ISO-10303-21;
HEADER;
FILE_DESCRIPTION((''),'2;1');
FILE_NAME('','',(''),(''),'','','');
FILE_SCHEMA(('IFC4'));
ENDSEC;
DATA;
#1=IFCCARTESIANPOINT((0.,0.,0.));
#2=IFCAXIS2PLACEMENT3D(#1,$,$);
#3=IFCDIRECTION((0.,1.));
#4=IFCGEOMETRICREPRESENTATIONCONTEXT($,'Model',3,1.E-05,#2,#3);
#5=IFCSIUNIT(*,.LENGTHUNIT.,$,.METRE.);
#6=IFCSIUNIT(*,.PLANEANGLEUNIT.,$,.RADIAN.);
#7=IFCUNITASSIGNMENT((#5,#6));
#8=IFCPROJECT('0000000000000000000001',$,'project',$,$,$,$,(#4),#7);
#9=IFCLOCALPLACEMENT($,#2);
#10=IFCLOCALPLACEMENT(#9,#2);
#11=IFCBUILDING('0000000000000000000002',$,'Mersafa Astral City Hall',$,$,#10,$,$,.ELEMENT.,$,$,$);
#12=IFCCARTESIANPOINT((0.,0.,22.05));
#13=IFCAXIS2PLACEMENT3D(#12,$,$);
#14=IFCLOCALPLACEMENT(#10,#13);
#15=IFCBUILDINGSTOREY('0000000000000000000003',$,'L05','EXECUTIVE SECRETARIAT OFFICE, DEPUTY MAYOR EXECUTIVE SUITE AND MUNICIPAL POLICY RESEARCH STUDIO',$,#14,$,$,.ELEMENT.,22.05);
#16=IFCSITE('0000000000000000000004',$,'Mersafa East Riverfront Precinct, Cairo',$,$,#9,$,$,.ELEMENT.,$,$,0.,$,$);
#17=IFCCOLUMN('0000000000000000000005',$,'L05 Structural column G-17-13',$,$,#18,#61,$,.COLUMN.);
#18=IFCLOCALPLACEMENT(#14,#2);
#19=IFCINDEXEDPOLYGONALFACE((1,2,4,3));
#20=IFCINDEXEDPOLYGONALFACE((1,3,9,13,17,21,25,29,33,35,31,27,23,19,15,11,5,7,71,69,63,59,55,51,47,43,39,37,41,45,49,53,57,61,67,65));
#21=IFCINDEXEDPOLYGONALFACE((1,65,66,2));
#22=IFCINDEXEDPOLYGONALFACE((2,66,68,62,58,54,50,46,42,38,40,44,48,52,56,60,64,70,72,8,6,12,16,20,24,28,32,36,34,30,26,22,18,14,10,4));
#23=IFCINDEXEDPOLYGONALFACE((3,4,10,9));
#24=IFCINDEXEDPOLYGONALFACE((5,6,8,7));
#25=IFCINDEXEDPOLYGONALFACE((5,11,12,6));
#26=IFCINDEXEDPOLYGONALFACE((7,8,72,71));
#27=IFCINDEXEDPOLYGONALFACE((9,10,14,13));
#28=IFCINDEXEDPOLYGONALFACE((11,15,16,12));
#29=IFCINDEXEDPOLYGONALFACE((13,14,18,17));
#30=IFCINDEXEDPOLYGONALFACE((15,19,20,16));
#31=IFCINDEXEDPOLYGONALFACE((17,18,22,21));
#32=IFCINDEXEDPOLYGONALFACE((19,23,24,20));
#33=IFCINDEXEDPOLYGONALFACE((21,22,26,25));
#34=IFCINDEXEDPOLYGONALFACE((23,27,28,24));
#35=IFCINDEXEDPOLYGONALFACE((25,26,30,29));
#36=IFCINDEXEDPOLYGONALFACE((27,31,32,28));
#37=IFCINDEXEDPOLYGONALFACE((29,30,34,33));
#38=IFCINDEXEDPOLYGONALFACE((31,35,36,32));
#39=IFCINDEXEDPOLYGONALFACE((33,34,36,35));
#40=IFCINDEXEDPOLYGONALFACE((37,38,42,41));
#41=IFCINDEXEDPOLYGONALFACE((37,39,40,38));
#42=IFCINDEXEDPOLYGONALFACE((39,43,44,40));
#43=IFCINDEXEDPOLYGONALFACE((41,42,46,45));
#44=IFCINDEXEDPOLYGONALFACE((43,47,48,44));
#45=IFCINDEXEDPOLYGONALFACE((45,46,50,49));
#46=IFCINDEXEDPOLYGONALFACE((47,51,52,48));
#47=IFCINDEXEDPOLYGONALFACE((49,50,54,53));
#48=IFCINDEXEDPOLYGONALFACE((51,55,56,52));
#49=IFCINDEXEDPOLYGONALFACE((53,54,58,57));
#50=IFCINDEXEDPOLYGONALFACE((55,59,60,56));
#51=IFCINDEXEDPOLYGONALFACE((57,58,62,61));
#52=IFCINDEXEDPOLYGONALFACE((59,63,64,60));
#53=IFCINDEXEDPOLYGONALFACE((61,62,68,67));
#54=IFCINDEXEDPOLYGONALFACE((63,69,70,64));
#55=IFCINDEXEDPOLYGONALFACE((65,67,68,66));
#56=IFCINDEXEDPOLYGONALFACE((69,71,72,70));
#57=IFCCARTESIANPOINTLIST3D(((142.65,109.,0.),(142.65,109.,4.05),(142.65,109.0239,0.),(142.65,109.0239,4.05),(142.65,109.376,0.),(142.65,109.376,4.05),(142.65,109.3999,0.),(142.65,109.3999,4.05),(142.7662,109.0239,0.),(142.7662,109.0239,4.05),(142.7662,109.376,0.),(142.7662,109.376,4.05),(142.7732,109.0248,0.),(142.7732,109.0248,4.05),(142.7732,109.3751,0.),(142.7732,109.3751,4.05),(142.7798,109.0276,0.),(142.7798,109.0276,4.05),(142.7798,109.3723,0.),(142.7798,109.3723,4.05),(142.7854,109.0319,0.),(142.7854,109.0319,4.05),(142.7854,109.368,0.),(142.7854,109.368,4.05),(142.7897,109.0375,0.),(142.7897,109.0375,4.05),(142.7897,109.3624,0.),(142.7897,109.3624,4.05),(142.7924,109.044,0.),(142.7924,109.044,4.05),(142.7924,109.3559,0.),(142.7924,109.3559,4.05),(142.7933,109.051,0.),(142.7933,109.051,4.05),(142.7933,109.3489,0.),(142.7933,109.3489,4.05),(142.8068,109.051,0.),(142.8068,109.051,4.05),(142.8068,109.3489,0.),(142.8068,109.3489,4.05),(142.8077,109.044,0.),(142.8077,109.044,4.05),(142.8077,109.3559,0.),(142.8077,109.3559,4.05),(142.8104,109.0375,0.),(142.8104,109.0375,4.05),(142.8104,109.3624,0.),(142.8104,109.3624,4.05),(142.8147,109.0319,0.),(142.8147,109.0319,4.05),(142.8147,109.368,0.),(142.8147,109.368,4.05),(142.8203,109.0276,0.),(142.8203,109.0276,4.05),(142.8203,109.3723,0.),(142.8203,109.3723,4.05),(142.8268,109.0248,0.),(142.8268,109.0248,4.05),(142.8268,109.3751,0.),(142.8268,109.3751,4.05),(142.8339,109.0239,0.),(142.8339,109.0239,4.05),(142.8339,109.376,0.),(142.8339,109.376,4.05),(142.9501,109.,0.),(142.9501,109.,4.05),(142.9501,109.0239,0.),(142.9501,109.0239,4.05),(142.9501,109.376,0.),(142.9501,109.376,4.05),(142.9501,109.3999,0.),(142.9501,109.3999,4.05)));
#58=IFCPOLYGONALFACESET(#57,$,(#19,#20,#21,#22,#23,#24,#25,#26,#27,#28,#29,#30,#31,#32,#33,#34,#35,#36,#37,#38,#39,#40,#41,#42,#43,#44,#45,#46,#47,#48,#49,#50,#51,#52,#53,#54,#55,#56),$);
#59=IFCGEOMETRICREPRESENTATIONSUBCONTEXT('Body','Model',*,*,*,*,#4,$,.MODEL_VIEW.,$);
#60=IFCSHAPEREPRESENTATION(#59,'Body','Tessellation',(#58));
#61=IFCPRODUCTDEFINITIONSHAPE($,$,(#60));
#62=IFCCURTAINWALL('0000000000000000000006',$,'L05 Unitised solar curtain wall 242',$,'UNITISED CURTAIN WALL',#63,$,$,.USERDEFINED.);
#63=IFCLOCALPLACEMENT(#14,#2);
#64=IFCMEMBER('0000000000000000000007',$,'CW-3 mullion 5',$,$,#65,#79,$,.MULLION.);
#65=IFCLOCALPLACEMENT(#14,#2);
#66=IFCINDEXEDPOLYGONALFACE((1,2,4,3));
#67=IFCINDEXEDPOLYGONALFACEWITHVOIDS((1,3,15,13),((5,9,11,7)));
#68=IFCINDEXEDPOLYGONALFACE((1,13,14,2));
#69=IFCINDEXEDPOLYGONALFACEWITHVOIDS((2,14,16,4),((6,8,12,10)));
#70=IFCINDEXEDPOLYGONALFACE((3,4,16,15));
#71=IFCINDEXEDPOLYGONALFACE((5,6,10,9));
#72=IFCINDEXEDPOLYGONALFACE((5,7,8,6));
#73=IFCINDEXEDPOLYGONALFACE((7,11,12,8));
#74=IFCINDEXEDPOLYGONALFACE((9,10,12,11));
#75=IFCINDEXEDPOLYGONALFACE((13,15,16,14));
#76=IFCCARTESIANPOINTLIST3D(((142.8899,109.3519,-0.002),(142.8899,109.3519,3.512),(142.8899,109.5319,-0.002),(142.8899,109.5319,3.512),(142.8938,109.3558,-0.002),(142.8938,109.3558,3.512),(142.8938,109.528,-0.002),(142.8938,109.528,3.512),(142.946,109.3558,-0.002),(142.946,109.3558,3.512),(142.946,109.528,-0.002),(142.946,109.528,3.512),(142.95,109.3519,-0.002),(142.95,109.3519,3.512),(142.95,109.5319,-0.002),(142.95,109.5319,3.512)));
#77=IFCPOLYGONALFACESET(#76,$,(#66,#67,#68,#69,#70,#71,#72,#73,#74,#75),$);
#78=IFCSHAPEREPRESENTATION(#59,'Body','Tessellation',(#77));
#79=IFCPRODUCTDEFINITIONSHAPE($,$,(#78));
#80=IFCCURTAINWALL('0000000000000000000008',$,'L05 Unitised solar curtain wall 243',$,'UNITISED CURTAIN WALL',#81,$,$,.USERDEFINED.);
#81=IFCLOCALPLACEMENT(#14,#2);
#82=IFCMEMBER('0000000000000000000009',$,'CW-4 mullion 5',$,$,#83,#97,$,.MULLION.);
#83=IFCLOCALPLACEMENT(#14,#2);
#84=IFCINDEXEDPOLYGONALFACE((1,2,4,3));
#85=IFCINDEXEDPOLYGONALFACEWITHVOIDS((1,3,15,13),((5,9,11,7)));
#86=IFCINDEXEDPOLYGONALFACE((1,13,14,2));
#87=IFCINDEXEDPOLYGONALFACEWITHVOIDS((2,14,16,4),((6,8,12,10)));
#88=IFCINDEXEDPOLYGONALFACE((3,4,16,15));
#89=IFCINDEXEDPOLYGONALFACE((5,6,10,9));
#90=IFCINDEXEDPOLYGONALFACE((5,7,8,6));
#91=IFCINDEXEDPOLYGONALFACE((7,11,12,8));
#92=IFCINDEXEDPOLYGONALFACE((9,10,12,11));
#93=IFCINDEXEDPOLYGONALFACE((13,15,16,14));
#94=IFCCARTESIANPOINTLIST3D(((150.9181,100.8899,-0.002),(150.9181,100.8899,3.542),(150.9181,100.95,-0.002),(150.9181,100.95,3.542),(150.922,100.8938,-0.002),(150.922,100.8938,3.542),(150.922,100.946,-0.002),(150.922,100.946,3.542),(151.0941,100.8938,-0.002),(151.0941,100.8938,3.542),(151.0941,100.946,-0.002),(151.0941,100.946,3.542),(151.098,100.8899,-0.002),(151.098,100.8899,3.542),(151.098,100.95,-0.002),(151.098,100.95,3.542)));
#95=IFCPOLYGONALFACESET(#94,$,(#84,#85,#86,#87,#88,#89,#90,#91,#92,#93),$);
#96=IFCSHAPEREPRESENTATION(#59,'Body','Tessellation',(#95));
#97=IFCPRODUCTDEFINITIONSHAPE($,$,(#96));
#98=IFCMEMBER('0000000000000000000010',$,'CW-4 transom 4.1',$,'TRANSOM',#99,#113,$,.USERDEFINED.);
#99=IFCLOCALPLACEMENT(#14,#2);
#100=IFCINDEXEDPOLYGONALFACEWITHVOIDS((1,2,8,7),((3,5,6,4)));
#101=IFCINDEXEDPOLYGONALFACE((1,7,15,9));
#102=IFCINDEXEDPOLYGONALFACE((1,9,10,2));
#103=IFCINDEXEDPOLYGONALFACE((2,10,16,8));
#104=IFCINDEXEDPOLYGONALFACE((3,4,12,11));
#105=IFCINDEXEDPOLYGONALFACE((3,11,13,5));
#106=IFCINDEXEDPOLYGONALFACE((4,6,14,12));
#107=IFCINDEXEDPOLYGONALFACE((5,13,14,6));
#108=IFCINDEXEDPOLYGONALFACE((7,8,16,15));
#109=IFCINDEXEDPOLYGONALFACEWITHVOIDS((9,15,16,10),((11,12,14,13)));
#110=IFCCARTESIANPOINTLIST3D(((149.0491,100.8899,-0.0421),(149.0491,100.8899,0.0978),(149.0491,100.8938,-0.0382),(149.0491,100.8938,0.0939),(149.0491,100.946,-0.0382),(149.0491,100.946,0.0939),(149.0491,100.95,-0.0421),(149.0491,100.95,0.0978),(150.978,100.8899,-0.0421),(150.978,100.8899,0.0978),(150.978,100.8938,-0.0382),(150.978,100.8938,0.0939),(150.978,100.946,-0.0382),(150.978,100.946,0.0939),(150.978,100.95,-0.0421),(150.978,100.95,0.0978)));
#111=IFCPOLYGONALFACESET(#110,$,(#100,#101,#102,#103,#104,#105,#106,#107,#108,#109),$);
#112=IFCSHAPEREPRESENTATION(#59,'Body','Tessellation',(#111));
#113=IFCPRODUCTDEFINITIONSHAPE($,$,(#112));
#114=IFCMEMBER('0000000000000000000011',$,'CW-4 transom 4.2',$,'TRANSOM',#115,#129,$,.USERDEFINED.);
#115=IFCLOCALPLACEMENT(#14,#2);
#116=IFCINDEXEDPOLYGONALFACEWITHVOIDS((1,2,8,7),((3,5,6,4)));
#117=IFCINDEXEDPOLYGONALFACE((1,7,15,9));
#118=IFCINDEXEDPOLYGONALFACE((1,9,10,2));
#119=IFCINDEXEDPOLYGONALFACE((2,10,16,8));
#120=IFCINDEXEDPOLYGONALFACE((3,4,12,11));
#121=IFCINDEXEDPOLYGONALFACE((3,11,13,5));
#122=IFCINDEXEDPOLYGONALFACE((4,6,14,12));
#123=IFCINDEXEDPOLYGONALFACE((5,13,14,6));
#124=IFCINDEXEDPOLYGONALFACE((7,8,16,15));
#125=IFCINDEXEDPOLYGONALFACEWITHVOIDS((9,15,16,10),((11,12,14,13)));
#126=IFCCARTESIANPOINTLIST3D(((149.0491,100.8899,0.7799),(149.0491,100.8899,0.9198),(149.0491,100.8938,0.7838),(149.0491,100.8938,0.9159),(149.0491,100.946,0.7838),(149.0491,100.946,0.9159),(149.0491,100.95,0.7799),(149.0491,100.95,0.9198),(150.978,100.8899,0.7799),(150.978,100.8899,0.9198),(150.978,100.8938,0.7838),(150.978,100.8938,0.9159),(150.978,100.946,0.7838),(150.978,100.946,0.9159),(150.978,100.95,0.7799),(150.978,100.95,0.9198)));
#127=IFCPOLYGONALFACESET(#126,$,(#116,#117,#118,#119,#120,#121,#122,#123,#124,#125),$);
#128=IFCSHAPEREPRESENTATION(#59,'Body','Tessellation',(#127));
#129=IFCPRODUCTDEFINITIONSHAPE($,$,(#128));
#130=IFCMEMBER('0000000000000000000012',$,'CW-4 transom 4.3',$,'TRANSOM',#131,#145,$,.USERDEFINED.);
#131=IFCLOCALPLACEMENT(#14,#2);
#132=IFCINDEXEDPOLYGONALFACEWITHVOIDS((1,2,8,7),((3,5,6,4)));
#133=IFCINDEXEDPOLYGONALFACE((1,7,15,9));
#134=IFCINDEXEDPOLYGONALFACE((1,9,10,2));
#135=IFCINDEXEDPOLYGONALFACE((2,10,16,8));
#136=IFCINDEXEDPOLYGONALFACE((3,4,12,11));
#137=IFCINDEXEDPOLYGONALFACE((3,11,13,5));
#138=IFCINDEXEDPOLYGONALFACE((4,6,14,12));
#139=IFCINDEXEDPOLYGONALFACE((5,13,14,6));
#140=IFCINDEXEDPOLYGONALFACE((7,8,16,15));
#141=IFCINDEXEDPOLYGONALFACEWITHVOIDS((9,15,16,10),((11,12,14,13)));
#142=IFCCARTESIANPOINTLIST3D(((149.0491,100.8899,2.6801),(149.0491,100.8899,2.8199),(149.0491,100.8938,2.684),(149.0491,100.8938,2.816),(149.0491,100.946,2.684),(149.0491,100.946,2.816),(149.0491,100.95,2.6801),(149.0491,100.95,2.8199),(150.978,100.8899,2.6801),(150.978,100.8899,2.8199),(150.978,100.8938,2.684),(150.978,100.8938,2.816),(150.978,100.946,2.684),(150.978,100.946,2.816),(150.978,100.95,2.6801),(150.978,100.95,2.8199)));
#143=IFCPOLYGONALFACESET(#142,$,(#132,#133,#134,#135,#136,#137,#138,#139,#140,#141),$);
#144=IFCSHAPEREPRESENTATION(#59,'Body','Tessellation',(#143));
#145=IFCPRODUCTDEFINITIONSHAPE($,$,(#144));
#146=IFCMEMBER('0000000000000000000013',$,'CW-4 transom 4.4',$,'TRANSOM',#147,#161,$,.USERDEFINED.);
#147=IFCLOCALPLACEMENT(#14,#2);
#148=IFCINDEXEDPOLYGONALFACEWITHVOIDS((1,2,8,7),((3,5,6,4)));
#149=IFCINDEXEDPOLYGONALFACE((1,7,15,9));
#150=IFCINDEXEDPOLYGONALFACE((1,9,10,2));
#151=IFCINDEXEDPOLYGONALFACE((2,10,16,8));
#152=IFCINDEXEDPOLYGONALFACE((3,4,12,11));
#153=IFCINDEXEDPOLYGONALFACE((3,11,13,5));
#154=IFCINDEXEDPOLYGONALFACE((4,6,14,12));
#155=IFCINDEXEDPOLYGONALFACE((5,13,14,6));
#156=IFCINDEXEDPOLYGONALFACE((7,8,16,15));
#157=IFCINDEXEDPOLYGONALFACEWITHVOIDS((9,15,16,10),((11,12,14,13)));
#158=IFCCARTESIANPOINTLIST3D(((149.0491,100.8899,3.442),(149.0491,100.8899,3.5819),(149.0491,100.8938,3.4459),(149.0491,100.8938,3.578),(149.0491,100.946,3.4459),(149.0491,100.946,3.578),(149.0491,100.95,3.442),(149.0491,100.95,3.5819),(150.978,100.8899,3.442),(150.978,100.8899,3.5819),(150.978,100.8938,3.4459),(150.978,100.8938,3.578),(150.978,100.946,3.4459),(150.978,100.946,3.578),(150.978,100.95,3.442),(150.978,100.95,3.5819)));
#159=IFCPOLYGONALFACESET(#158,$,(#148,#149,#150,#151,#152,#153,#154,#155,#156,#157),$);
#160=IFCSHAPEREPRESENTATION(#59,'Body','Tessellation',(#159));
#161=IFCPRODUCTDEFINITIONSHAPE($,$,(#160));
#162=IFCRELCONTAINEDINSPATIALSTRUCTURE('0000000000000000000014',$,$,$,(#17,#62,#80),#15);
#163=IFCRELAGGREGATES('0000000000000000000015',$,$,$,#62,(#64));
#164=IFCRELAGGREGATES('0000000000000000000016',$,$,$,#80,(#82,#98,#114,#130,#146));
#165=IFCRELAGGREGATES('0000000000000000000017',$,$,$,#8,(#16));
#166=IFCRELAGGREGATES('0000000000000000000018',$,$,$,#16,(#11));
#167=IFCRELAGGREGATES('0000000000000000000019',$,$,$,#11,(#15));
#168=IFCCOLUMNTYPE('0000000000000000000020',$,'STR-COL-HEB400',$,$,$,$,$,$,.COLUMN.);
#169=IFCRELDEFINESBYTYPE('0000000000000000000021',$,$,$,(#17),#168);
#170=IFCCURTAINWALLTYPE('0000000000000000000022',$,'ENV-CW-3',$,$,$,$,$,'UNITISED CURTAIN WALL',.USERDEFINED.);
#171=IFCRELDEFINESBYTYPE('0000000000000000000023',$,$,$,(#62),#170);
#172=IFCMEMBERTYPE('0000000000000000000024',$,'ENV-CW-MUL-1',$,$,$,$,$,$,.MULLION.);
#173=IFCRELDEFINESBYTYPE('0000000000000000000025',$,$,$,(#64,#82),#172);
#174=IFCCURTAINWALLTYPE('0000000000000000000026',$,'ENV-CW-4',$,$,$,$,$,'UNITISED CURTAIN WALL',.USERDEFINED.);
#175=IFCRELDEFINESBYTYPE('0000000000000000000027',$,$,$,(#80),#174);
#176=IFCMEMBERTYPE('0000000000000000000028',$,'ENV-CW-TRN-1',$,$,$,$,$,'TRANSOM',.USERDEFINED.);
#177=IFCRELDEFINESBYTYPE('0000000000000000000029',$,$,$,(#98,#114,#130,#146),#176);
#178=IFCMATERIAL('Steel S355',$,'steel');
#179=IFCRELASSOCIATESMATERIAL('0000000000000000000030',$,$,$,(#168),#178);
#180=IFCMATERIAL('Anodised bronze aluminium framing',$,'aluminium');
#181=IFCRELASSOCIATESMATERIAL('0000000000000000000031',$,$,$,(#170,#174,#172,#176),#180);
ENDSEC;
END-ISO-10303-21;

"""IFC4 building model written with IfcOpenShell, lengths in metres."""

from ifc_helpers import new_model, si_unit, direction, frame, origin, origin_2d, place, context, subcontext, project, spatial, hollow_rectangle, i_section, extrude, material, material_profile, profile_set, type_object, element, aggregate, save


model = new_model("IFC4")

# Units and contexts
model_context = context("Model", 3, precision=1e-05, world=origin(), true_north=direction((0.0, 1.0)))
body_context = subcontext(model_context, "Body", "Model", "MODEL_VIEW")
ifc_project = project(units=[si_unit("LENGTHUNIT", "METRE"), si_unit("PLANEANGLEUNIT", "RADIAN")], contexts=[model_context])

# Site, building, storey
site_placement = place(None, origin())
site = spatial("IfcSite", under=ifc_project, at=site_placement, Name="Mersafa East Riverfront Precinct, Cairo", CompositionType="ELEMENT", RefElevation=0.0)
building_placement = place(site_placement, origin())
building = spatial("IfcBuilding", under=site, at=building_placement, Name="Mersafa Astral City Hall", CompositionType="ELEMENT")
storey_placement = place(building_placement, frame((0.0, 0.0, 22.05)))
storey = spatial("IfcBuildingStorey", under=building, at=storey_placement, Name="L05", Description="EXECUTIVE SECRETARIAT OFFICE, DEPUTY MAYOR EXECUTIVE SUITE AND MUNICIPAL POLICY RESEARCH STUDIO", CompositionType="ELEMENT", Elevation=22.05)

# Column
ifc_material_1 = material(Name="Steel S355", Category="steel")
ifc_material_profile_1 = material_profile(ifc_material_1, i_section(OverallWidth=0.3, OverallDepth=0.3999, WebThickness=0.0134, FlangeThickness=0.0239, FilletRadius=0.0271, at=origin_2d()), Name="HEB 400")
ifc_profile_set_1 = profile_set([ifc_material_profile_1], Name="Steel S355")
column_type = type_object("IfcColumnType", Name="STR-COL-HEB400", PredefinedType="COLUMN", material=ifc_profile_set_1)
column_placement = place(storey_placement, frame((142.8, 109.2, 0.0), z_axis=(0.0, 0.0, 1.0), x_axis=(1.0, 0.0, 0.0)))
element("IfcColumn", 1, at=column_placement, inside=storey, type_object=column_type, Name="L05 Structural column G-17-13", PredefinedType="COLUMN", context=body_context, shape_type="SweptSolid", body=[
    extrude(i_section(OverallWidth=0.3, OverallDepth=0.3999, WebThickness=0.0134, FlangeThickness=0.0239, FilletRadius=0.0271, at=origin_2d()), origin(), (0.0, 0.0, 1.0), 4.05),
])

# Curtain wall, member
ifc_material_2 = material(Name="Anodised bronze aluminium framing", Category="aluminium")
curtain_wall_type_1 = type_object("IfcCurtainWallType", Name="ENV-CW-3", ElementType="UNITISED CURTAIN WALL", PredefinedType="USERDEFINED", material=ifc_material_2)
curtain_wall_1_placement = place(storey_placement, origin())
curtain_wall_1 = element("IfcCurtainWall", 2, at=curtain_wall_1_placement, inside=storey, type_object=curtain_wall_type_1, Name="L05 Unitised solar curtain wall 242", ObjectType="UNITISED CURTAIN WALL", PredefinedType="USERDEFINED")
ifc_material_profile_2 = material_profile(ifc_material_2, hollow_rectangle(XDim=0.0601, YDim=0.1799, WallThickness=0.0039, at=origin_2d()), Name="RHS 60x180x4")
ifc_profile_set_2 = profile_set([ifc_material_profile_2], Name="Anodised bronze aluminium framing")
member_type_1 = type_object("IfcMemberType", Name="ENV-CW-MUL-1", PredefinedType="MULLION", material=ifc_profile_set_2)
member_1_placement = place(storey_placement, frame((142.9199, 109.4419, -0.002), z_axis=(0.0, 0.0, 1.0), x_axis=(1.0, 0.0, 0.0)))
member_1 = element("IfcMember", 3, at=member_1_placement, type_object=member_type_1, Name="CW-3 mullion 5", PredefinedType="MULLION", context=body_context, shape_type="SweptSolid", body=[
    extrude(hollow_rectangle(XDim=0.0601, YDim=0.1799, WallThickness=0.0039, at=origin_2d()), origin(), (0.0, 0.0, 1.0), 3.5139),
])

# Curtain wall, members
curtain_wall_type_2 = type_object("IfcCurtainWallType", Name="ENV-CW-4", ElementType="UNITISED CURTAIN WALL", PredefinedType="USERDEFINED", material=ifc_material_2)
curtain_wall_2_placement = place(storey_placement, origin())
curtain_wall_2 = element("IfcCurtainWall", 4, at=curtain_wall_2_placement, inside=storey, type_object=curtain_wall_type_2, Name="L05 Unitised solar curtain wall 243", ObjectType="UNITISED CURTAIN WALL", PredefinedType="USERDEFINED")
member_2_placement = place(storey_placement, frame((151.0081, 100.9199, -0.002), z_axis=(0.0, 0.0, 1.0), x_axis=(0.0, 1.0, 0.0)))
member_2 = element("IfcMember", 5, at=member_2_placement, type_object=member_type_1, Name="CW-4 mullion 5", PredefinedType="MULLION", context=body_context, shape_type="SweptSolid", body=[
    extrude(hollow_rectangle(XDim=0.0601, YDim=0.1799, WallThickness=0.0039, at=origin_2d()), origin(), (0.0, 0.0, 1.0), 3.5439),
])
ifc_material_profile_3 = material_profile(ifc_material_2, hollow_rectangle(XDim=0.0601, YDim=0.1399, WallThickness=0.0039, at=origin_2d()), Name="RHS 60x140x4")
ifc_profile_set_3 = profile_set([ifc_material_profile_3], Name="Anodised bronze aluminium framing")
member_type_2 = type_object("IfcMemberType", Name="ENV-CW-TRN-1", ElementType="TRANSOM", PredefinedType="USERDEFINED", material=ifc_profile_set_3)
member_3_placement = place(storey_placement, frame((149.0491, 100.9199, 0.0278), z_axis=(1.0, 0.0, 0.0), x_axis=(0.0, 1.0, 0.0)))
member_3 = element("IfcMember", 6, at=member_3_placement, type_object=member_type_2, Name="CW-4 transom 4.1", ObjectType="TRANSOM", PredefinedType="USERDEFINED", context=body_context, shape_type="SweptSolid", body=[
    extrude(hollow_rectangle(XDim=0.0601, YDim=0.1399, WallThickness=0.0039, at=origin_2d()), origin(), (0.0, 0.0, 1.0), 1.929),
])
member_4_placement = place(storey_placement, frame((149.0491, 100.9199, 0.8499), z_axis=(1.0, 0.0, 0.0), x_axis=(0.0, 1.0, 0.0)))
member_4 = element("IfcMember", 7, at=member_4_placement, type_object=member_type_2, Name="CW-4 transom 4.2", ObjectType="TRANSOM", PredefinedType="USERDEFINED", context=body_context, shape_type="SweptSolid", body=[
    extrude(hollow_rectangle(XDim=0.0601, YDim=0.1399, WallThickness=0.0039, at=origin_2d()), origin(), (0.0, 0.0, 1.0), 1.929),
])
member_5_placement = place(storey_placement, frame((149.0491, 100.9199, 2.75), z_axis=(1.0, 0.0, 0.0), x_axis=(0.0, 1.0, 0.0)))
member_5 = element("IfcMember", 8, at=member_5_placement, type_object=member_type_2, Name="CW-4 transom 4.3", ObjectType="TRANSOM", PredefinedType="USERDEFINED", context=body_context, shape_type="SweptSolid", body=[
    extrude(hollow_rectangle(XDim=0.0601, YDim=0.1399, WallThickness=0.0039, at=origin_2d()), origin(), (0.0, 0.0, 1.0), 1.929),
])
member_6_placement = place(storey_placement, frame((149.0491, 100.9199, 3.512), z_axis=(1.0, 0.0, 0.0), x_axis=(0.0, 1.0, 0.0)))
member_6 = element("IfcMember", 9, at=member_6_placement, type_object=member_type_2, Name="CW-4 transom 4.4", ObjectType="TRANSOM", PredefinedType="USERDEFINED", context=body_context, shape_type="SweptSolid", body=[
    extrude(hollow_rectangle(XDim=0.0601, YDim=0.1399, WallThickness=0.0039, at=origin_2d()), origin(), (0.0, 0.0, 1.0), 1.929),
])

aggregate(curtain_wall_1, [member_1])
aggregate(curtain_wall_2, [member_2, member_3, member_4, member_5, member_6])

save(model, "model.ifc")
